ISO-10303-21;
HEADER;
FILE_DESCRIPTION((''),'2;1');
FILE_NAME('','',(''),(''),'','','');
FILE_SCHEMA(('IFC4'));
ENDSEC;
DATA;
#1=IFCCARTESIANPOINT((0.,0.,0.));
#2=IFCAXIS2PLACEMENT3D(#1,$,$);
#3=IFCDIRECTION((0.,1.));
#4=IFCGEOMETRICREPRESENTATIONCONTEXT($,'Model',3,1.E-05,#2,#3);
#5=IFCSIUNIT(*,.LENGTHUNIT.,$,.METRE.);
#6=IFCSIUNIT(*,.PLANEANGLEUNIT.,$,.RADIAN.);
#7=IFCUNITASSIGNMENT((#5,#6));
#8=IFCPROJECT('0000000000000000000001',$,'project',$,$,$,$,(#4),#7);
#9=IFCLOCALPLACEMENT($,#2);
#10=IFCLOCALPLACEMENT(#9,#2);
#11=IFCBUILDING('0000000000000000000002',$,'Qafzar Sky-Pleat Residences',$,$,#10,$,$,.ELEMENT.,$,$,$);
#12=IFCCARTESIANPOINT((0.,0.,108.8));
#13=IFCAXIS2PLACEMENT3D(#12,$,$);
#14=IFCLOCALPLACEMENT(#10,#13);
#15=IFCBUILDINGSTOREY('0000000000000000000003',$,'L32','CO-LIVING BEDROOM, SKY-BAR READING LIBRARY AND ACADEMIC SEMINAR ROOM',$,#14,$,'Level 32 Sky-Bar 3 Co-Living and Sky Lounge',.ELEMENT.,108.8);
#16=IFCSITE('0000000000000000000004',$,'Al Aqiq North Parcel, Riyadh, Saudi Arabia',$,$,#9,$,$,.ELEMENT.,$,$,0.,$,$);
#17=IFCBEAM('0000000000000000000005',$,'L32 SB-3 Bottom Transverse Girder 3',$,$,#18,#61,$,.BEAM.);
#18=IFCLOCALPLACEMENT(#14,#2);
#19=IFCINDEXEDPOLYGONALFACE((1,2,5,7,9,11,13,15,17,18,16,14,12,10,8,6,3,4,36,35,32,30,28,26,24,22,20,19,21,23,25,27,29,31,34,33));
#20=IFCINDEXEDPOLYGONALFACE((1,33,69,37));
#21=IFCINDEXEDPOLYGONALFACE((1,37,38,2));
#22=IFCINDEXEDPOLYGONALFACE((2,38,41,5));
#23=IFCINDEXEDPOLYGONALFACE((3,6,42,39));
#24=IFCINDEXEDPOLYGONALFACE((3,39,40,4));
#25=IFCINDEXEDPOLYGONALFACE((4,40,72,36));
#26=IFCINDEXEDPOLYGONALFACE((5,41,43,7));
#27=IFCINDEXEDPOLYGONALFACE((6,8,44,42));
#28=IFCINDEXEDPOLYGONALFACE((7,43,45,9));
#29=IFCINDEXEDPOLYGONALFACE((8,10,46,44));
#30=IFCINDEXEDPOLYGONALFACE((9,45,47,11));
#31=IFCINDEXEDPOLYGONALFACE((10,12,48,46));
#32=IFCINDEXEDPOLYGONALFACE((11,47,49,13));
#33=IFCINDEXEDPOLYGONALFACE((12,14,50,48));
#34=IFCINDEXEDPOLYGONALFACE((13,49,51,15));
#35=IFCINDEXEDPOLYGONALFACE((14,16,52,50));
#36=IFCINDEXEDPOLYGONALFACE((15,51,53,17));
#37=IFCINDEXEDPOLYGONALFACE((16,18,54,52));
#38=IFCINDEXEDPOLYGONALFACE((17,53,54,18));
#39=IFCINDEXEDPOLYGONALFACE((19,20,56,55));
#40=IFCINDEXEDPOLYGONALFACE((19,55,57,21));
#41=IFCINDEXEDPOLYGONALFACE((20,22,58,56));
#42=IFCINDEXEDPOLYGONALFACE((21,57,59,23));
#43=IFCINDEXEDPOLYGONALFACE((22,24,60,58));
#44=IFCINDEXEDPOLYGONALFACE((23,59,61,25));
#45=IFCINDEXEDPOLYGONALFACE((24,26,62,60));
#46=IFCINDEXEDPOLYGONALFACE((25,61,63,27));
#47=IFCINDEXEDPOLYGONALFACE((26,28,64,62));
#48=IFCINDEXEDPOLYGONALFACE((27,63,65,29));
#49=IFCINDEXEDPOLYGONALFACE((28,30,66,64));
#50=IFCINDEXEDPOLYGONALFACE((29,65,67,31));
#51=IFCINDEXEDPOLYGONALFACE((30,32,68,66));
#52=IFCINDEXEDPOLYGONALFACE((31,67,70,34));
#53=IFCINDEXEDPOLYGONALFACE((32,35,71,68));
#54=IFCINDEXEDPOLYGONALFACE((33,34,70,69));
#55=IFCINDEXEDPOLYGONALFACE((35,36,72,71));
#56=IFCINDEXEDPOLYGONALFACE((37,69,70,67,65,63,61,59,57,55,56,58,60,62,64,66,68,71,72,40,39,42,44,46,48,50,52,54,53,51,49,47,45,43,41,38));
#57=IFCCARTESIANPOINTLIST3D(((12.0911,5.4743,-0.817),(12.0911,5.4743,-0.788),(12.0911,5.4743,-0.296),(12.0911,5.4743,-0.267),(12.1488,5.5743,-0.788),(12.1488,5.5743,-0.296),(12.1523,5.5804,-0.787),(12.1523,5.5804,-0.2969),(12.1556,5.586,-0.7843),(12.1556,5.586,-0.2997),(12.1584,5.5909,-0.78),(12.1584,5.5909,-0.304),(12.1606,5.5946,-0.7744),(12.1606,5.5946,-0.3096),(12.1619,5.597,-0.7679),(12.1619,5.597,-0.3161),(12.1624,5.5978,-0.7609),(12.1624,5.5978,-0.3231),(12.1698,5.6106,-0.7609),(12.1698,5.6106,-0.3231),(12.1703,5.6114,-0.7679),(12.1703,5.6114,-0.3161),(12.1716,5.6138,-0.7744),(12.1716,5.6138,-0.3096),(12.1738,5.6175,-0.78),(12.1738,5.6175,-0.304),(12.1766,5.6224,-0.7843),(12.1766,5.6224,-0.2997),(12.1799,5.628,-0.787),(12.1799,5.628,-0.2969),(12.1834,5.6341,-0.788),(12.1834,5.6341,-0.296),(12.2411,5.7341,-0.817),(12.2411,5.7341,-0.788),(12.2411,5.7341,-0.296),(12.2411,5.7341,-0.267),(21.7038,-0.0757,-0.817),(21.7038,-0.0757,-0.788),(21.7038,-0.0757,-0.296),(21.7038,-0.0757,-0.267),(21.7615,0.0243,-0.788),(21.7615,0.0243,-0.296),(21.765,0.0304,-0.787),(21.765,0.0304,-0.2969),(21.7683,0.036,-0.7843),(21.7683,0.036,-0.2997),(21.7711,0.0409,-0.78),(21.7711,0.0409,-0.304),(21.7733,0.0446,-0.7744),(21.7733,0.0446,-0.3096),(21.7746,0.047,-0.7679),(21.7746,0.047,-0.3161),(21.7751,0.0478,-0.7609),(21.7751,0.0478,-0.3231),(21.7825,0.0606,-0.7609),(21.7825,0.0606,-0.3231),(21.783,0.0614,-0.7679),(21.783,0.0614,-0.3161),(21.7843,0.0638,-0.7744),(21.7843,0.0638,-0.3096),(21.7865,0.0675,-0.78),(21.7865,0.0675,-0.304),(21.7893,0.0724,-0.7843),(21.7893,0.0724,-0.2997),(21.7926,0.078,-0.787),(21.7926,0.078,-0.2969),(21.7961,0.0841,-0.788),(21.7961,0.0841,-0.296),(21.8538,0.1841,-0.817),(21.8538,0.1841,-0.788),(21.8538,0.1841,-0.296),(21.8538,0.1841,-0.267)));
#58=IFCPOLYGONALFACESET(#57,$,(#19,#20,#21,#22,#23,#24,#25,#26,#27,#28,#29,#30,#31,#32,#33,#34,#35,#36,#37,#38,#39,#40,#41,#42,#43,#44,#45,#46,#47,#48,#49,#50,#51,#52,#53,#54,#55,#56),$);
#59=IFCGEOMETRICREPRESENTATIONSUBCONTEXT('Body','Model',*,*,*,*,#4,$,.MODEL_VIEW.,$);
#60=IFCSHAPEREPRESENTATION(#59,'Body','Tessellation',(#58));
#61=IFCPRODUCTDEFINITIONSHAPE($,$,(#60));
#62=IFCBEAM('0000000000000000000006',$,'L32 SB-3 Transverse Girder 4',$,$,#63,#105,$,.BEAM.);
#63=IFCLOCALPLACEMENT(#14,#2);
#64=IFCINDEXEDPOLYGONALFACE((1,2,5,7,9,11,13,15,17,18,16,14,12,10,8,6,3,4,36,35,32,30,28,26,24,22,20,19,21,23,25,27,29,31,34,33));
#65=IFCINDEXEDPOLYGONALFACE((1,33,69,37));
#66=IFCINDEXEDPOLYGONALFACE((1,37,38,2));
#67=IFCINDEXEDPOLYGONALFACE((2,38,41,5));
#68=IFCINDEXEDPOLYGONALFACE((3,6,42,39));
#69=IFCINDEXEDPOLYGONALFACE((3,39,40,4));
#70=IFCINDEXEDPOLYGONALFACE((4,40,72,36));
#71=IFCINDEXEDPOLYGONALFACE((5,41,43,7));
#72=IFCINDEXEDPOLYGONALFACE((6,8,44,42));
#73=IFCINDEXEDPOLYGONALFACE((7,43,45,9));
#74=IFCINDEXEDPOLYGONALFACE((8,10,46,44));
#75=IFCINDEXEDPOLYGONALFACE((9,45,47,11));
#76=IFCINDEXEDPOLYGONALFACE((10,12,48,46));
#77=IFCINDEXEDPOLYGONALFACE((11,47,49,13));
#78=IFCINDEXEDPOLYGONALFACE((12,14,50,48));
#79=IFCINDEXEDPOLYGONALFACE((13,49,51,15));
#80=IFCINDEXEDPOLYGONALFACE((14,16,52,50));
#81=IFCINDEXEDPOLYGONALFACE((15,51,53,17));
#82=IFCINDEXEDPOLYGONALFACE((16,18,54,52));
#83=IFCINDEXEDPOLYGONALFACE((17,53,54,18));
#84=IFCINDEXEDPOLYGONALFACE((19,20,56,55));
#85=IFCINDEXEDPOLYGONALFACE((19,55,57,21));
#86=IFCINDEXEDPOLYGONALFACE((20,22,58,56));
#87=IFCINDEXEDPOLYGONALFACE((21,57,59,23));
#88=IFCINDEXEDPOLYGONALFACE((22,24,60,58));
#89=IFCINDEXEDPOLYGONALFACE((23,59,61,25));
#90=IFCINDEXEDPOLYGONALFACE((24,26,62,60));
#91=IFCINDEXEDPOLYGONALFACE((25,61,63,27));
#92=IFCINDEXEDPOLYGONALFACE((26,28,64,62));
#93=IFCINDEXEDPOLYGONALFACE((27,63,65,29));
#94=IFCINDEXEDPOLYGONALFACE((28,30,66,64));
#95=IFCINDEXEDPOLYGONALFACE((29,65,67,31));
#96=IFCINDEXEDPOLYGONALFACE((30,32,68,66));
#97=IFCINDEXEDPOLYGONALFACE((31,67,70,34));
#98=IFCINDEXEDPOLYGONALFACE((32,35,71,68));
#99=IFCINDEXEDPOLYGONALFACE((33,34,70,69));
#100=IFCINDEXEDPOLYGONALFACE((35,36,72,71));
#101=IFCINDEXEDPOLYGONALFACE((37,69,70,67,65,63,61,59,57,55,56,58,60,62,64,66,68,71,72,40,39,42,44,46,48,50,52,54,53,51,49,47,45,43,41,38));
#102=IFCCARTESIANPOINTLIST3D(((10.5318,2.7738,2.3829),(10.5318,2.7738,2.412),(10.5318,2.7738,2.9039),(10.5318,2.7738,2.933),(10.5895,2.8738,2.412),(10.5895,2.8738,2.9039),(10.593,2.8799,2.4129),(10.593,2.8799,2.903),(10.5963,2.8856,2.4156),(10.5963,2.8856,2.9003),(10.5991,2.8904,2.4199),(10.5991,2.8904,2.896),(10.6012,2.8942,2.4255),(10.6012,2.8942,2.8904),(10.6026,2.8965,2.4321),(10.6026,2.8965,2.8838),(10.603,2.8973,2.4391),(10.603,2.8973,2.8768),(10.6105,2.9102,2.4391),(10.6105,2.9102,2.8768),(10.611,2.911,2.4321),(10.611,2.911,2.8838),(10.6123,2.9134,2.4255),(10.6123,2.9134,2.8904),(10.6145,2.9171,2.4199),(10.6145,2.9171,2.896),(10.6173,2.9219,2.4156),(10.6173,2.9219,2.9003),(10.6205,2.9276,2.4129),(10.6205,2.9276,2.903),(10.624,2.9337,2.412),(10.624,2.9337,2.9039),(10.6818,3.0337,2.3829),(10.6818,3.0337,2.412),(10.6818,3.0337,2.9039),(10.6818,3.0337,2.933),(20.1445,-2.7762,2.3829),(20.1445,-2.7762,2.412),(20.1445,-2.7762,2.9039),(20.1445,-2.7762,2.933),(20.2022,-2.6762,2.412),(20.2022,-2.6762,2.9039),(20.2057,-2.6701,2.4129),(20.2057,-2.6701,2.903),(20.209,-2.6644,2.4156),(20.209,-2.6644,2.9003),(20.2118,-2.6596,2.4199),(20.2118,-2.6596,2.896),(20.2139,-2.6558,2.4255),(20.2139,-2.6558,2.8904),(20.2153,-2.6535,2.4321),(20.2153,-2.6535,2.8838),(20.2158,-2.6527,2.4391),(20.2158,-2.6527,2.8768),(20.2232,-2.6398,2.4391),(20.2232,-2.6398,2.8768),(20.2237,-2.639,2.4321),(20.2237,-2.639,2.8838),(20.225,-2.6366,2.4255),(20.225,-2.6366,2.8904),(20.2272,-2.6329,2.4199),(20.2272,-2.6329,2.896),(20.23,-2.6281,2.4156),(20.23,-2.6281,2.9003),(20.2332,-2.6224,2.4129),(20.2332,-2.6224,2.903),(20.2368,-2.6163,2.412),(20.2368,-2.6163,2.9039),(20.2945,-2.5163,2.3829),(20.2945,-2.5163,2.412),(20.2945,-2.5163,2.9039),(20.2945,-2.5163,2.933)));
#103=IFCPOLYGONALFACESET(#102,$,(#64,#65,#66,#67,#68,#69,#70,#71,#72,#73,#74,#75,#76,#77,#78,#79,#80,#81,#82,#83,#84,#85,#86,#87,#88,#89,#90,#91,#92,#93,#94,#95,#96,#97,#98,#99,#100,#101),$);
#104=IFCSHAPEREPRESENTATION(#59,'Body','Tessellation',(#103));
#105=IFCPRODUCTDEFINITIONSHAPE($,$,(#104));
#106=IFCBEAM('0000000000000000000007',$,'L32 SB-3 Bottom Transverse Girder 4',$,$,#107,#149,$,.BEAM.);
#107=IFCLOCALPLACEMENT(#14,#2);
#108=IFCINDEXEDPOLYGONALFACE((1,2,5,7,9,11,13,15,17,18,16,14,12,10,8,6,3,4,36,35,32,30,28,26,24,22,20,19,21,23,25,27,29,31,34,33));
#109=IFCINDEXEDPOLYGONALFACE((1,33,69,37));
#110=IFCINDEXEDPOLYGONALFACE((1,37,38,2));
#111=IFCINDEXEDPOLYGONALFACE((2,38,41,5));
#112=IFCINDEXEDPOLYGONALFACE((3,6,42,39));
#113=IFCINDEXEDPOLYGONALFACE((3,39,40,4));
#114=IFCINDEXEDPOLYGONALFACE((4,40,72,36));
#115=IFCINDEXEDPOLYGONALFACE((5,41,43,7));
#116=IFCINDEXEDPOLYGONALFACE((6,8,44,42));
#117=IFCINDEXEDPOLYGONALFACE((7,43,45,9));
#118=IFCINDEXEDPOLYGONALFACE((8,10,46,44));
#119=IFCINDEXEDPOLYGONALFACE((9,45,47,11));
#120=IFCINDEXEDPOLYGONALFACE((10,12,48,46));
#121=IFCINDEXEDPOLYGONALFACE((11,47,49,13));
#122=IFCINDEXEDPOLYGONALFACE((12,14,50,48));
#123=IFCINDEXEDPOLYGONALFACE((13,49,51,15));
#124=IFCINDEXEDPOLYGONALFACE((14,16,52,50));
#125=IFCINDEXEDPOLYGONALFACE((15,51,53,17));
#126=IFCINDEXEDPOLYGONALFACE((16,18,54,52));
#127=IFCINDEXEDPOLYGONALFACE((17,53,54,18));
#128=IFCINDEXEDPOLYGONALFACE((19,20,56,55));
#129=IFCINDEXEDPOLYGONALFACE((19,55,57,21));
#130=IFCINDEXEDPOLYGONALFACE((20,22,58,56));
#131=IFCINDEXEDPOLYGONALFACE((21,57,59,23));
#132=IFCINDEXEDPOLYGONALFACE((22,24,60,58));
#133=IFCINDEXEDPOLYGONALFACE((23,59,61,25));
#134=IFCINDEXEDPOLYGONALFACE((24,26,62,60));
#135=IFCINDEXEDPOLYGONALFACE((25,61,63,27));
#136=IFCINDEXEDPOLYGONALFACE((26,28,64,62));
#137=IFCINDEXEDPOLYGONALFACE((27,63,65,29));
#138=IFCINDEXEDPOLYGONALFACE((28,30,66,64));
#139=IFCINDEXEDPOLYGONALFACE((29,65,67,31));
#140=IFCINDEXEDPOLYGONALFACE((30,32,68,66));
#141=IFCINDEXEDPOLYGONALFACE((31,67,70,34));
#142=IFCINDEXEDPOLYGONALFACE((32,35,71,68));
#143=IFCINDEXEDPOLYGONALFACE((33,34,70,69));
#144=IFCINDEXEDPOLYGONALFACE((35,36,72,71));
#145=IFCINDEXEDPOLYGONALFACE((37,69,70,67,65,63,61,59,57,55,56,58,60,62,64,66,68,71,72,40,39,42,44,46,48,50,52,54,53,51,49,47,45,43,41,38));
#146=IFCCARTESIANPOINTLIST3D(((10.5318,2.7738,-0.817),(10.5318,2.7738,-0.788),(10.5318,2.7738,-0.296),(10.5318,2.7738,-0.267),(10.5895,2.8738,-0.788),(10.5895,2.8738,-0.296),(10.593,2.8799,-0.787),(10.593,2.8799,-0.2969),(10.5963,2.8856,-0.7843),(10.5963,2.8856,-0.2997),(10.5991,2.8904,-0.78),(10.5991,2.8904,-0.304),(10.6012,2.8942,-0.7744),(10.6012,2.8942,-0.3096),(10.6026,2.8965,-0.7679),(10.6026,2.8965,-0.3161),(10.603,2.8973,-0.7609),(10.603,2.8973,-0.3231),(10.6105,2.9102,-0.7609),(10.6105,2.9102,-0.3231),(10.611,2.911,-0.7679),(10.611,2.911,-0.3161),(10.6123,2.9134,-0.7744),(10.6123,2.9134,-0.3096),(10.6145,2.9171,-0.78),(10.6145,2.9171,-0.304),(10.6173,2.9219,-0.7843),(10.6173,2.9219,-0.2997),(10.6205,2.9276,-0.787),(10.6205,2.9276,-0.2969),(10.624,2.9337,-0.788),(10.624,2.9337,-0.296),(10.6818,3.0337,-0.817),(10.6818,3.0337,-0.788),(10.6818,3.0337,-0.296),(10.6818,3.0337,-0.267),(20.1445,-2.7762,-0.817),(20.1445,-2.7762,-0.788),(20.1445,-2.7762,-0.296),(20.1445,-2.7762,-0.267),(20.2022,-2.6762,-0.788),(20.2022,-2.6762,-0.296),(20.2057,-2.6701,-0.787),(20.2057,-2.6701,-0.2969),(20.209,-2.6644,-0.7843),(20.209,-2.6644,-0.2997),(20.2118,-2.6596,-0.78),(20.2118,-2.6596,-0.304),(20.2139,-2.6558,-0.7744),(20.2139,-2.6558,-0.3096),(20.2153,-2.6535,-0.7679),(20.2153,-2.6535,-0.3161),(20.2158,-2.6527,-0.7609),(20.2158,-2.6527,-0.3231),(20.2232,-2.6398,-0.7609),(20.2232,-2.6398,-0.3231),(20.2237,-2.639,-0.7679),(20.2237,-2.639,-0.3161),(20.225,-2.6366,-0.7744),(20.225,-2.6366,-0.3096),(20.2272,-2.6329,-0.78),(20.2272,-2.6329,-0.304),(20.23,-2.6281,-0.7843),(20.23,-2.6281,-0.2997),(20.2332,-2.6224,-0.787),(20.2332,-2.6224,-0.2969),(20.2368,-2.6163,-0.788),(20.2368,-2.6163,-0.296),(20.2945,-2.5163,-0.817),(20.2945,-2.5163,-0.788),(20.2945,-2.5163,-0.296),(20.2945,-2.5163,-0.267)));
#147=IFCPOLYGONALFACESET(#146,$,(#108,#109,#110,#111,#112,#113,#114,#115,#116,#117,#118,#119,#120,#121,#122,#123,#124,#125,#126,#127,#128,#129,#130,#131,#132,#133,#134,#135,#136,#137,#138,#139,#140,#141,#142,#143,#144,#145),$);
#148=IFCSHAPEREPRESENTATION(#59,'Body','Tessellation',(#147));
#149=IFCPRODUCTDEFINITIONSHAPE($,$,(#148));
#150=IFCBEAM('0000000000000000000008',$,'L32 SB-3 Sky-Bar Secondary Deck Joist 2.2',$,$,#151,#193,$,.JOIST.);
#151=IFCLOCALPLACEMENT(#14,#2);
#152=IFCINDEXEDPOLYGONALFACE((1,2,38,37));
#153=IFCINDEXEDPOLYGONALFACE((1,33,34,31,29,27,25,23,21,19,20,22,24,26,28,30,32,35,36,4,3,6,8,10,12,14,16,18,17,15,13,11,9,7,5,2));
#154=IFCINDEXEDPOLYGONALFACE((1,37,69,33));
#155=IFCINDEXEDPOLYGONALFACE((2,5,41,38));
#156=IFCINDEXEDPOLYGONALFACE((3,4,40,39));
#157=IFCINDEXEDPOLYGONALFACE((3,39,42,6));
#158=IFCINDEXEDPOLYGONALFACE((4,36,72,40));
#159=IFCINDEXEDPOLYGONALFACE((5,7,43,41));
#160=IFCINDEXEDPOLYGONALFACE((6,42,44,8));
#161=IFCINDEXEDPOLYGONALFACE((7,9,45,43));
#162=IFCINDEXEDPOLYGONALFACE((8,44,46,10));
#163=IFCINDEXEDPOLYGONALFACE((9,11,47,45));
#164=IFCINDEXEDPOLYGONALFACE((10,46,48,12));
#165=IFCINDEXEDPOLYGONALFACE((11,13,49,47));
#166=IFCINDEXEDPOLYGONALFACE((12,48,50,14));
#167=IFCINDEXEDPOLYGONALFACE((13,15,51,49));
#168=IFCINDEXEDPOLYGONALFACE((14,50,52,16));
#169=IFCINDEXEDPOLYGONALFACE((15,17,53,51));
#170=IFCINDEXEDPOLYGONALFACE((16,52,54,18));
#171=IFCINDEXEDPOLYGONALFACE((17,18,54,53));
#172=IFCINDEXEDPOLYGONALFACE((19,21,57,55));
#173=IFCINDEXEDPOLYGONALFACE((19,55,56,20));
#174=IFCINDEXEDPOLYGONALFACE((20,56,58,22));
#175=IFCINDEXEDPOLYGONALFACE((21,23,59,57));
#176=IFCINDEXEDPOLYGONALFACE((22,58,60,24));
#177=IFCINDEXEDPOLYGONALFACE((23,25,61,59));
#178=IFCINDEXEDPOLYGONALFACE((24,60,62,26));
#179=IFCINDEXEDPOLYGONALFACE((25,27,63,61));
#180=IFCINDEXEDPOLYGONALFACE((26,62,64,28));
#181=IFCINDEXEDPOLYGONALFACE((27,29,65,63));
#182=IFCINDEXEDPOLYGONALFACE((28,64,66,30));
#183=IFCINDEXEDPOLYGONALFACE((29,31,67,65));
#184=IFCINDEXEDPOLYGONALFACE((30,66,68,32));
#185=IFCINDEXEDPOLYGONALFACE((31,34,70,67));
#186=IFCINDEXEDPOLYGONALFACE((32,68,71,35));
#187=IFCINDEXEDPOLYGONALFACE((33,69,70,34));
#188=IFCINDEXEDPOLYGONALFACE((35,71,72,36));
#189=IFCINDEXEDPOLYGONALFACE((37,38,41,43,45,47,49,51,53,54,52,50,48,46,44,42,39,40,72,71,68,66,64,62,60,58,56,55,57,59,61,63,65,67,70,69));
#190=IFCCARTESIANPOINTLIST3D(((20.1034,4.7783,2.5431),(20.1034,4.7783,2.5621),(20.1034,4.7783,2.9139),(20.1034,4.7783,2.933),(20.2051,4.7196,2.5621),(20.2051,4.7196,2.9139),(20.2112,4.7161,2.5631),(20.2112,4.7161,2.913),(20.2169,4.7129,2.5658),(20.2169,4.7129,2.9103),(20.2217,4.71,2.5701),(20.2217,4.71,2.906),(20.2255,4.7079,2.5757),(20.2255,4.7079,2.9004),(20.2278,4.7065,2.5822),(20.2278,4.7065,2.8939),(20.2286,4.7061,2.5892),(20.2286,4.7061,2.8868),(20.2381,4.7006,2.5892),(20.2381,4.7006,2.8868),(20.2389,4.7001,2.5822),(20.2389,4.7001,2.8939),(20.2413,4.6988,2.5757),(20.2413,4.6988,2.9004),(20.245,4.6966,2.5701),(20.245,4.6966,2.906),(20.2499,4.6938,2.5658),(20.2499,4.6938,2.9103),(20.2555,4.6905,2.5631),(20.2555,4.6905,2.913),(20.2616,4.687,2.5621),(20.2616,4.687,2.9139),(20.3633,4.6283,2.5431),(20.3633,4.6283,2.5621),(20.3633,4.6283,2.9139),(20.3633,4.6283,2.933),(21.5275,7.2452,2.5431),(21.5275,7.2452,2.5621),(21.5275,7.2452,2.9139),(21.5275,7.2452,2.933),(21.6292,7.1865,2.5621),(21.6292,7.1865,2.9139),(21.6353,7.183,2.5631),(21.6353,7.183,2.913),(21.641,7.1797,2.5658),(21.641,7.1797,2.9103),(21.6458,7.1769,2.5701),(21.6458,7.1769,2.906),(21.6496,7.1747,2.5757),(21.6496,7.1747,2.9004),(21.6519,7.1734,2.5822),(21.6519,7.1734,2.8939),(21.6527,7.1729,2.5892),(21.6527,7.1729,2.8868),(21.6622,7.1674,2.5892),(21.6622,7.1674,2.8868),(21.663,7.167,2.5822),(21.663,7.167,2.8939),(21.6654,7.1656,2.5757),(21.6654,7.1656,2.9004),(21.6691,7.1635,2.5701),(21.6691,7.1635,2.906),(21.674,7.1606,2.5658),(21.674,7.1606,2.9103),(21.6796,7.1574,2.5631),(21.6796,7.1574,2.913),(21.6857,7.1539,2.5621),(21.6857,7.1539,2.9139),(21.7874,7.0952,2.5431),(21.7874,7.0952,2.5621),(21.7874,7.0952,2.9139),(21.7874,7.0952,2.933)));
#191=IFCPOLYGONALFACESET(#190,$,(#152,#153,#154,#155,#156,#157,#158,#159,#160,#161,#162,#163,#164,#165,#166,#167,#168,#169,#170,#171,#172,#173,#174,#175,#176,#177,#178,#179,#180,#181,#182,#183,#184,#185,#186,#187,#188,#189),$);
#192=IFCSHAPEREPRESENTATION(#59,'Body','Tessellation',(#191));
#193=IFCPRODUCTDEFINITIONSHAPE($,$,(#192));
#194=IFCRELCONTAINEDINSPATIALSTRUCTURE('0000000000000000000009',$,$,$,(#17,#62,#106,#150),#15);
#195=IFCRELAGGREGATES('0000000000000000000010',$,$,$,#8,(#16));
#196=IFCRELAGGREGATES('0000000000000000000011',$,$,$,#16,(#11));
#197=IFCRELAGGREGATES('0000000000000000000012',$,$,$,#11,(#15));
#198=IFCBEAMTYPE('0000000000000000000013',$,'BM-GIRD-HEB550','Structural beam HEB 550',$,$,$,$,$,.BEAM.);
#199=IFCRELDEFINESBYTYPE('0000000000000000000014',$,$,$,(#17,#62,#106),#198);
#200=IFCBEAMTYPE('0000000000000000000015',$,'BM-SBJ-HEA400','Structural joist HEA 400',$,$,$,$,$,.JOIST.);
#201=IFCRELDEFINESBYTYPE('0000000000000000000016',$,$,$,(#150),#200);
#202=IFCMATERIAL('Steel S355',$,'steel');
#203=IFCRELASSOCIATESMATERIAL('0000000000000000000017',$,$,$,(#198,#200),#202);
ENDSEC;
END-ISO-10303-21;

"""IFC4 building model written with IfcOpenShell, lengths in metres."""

from ifc_helpers import new_model, si_unit, direction, frame, origin, origin_2d, place, context, subcontext, project, spatial, i_section, extrude, source, transform, mapped, material, material_profile, profile_set, type_object, element, save


model = new_model("IFC4")

# Units and contexts
model_context = context("Model", 3, precision=1e-05, world=origin(), true_north=direction((0.0, 1.0)))
body_context = subcontext(model_context, "Body", "Model", "MODEL_VIEW")
ifc_project = project(units=[si_unit("LENGTHUNIT", "METRE"), si_unit("PLANEANGLEUNIT", "RADIAN")], contexts=[model_context])

# Site, building, storey
site_placement = place(None, origin())
site = spatial("IfcSite", under=ifc_project, at=site_placement, Name="Al Aqiq North Parcel, Riyadh, Saudi Arabia", CompositionType="ELEMENT", RefElevation=0.0)
building_placement = place(site_placement, origin())
building = spatial("IfcBuilding", under=site, at=building_placement, Name="Qafzar Sky-Pleat Residences", CompositionType="ELEMENT")
storey_placement = place(building_placement, frame((0.0, 0.0, 108.8)))
storey = spatial("IfcBuildingStorey", under=building, at=storey_placement, Name="L32", Description="CO-LIVING BEDROOM, SKY-BAR READING LIBRARY AND ACADEMIC SEMINAR ROOM", LongName="Level 32 Sky-Bar 3 Co-Living and Sky Lounge", CompositionType="ELEMENT", Elevation=108.8)

# Shared definitions
ifc_material_1 = material(Name="Steel S355", Category="steel")

# Beams
ifc_material_profile_1 = material_profile(ifc_material_1, i_section(OverallWidth=0.3, OverallDepth=0.55, WebThickness=0.0149, FlangeThickness=0.0291, FilletRadius=0.0271, at=origin_2d()), Name="HEB 550")
ifc_profile_set_1 = profile_set([ifc_material_profile_1], Name="Steel S355")
beam_type_1 = type_object("IfcBeamType", Name="BM-GIRD-HEB550", Description="Structural beam HEB 550", PredefinedType="BEAM", material=ifc_profile_set_1)
shared_shape_1 = source(origin(), body_context, "Body", "SweptSolid", [
    extrude(i_section(OverallWidth=0.3, OverallDepth=0.55, WebThickness=0.0149, FlangeThickness=0.0291, FilletRadius=0.0271, at=origin_2d()), origin(), (0.0, 0.0, 1.0), 11.0999),
])
for number, where, z_axis, x_axis, name in (
    (1, (21.7788, 0.0542, -0.542), (-0.866021, 0.500007, 0.0), (-0.500007, -0.866021, 0.0), "L32 SB-3 Bottom Transverse Girder 3"),
    (2, (20.2195, -2.6462, 2.658), (-0.866021, 0.500007, 0.0), (-0.500007, -0.866021, 0.0), "L32 SB-3 Transverse Girder 4"),
    (3, (20.2195, -2.6462, -0.542), (-0.866021, 0.500007, 0.0), (-0.500007, -0.866021, 0.0), "L32 SB-3 Bottom Transverse Girder 4"),
):
    element("IfcBeam", number, at=place(storey_placement, frame(where, z_axis=z_axis, x_axis=x_axis)), inside=storey, type_object=beam_type_1, Name=name, PredefinedType="BEAM", context=body_context, shape_type="MappedRepresentation", body=[
        mapped(shared_shape_1, transform((0.0, 0.0, 0.0), x_axis=(1.0, 0.0, 0.0), y_axis=(0.0, 1.0, 0.0), z_axis=(0.0, 0.0, 1.0), scale=1.0)),
    ])
ifc_material_profile_2 = material_profile(ifc_material_1, i_section(OverallWidth=0.3, OverallDepth=0.3899, WebThickness=0.011, FlangeThickness=0.019, FilletRadius=0.0271, at=origin_2d()), Name="HEA 400")
ifc_profile_set_2 = profile_set([ifc_material_profile_2], Name="Steel S355")
beam_type_2 = type_object("IfcBeamType", Name="BM-SBJ-HEA400", Description="Structural joist HEA 400", PredefinedType="JOIST", material=ifc_profile_set_2)
shared_shape_2 = source(origin(), body_context, "Body", "SweptSolid", [
    extrude(i_section(OverallWidth=0.3, OverallDepth=0.3899, WebThickness=0.011, FlangeThickness=0.019, FilletRadius=0.0271, at=origin_2d()), origin(), (0.0, 0.0, 1.0), 2.8484),
])
beam_1_placement = place(storey_placement, frame((21.6575, 7.1702, 2.738), z_axis=(-0.499965, -0.866046, 0.0), x_axis=(0.866046, -0.499965, 0.0)))
element("IfcBeam", 4, at=beam_1_placement, inside=storey, type_object=beam_type_2, Name="L32 SB-3 Sky-Bar Secondary Deck Joist 2.2", PredefinedType="JOIST", context=body_context, shape_type="MappedRepresentation", body=[
    mapped(shared_shape_2, transform((0.0, 0.0, 0.0), x_axis=(1.0, 0.0, 0.0), y_axis=(0.0, 1.0, 0.0), z_axis=(0.0, 0.0, 1.0), scale=1.0)),
])

save(model, "model.ifc")
